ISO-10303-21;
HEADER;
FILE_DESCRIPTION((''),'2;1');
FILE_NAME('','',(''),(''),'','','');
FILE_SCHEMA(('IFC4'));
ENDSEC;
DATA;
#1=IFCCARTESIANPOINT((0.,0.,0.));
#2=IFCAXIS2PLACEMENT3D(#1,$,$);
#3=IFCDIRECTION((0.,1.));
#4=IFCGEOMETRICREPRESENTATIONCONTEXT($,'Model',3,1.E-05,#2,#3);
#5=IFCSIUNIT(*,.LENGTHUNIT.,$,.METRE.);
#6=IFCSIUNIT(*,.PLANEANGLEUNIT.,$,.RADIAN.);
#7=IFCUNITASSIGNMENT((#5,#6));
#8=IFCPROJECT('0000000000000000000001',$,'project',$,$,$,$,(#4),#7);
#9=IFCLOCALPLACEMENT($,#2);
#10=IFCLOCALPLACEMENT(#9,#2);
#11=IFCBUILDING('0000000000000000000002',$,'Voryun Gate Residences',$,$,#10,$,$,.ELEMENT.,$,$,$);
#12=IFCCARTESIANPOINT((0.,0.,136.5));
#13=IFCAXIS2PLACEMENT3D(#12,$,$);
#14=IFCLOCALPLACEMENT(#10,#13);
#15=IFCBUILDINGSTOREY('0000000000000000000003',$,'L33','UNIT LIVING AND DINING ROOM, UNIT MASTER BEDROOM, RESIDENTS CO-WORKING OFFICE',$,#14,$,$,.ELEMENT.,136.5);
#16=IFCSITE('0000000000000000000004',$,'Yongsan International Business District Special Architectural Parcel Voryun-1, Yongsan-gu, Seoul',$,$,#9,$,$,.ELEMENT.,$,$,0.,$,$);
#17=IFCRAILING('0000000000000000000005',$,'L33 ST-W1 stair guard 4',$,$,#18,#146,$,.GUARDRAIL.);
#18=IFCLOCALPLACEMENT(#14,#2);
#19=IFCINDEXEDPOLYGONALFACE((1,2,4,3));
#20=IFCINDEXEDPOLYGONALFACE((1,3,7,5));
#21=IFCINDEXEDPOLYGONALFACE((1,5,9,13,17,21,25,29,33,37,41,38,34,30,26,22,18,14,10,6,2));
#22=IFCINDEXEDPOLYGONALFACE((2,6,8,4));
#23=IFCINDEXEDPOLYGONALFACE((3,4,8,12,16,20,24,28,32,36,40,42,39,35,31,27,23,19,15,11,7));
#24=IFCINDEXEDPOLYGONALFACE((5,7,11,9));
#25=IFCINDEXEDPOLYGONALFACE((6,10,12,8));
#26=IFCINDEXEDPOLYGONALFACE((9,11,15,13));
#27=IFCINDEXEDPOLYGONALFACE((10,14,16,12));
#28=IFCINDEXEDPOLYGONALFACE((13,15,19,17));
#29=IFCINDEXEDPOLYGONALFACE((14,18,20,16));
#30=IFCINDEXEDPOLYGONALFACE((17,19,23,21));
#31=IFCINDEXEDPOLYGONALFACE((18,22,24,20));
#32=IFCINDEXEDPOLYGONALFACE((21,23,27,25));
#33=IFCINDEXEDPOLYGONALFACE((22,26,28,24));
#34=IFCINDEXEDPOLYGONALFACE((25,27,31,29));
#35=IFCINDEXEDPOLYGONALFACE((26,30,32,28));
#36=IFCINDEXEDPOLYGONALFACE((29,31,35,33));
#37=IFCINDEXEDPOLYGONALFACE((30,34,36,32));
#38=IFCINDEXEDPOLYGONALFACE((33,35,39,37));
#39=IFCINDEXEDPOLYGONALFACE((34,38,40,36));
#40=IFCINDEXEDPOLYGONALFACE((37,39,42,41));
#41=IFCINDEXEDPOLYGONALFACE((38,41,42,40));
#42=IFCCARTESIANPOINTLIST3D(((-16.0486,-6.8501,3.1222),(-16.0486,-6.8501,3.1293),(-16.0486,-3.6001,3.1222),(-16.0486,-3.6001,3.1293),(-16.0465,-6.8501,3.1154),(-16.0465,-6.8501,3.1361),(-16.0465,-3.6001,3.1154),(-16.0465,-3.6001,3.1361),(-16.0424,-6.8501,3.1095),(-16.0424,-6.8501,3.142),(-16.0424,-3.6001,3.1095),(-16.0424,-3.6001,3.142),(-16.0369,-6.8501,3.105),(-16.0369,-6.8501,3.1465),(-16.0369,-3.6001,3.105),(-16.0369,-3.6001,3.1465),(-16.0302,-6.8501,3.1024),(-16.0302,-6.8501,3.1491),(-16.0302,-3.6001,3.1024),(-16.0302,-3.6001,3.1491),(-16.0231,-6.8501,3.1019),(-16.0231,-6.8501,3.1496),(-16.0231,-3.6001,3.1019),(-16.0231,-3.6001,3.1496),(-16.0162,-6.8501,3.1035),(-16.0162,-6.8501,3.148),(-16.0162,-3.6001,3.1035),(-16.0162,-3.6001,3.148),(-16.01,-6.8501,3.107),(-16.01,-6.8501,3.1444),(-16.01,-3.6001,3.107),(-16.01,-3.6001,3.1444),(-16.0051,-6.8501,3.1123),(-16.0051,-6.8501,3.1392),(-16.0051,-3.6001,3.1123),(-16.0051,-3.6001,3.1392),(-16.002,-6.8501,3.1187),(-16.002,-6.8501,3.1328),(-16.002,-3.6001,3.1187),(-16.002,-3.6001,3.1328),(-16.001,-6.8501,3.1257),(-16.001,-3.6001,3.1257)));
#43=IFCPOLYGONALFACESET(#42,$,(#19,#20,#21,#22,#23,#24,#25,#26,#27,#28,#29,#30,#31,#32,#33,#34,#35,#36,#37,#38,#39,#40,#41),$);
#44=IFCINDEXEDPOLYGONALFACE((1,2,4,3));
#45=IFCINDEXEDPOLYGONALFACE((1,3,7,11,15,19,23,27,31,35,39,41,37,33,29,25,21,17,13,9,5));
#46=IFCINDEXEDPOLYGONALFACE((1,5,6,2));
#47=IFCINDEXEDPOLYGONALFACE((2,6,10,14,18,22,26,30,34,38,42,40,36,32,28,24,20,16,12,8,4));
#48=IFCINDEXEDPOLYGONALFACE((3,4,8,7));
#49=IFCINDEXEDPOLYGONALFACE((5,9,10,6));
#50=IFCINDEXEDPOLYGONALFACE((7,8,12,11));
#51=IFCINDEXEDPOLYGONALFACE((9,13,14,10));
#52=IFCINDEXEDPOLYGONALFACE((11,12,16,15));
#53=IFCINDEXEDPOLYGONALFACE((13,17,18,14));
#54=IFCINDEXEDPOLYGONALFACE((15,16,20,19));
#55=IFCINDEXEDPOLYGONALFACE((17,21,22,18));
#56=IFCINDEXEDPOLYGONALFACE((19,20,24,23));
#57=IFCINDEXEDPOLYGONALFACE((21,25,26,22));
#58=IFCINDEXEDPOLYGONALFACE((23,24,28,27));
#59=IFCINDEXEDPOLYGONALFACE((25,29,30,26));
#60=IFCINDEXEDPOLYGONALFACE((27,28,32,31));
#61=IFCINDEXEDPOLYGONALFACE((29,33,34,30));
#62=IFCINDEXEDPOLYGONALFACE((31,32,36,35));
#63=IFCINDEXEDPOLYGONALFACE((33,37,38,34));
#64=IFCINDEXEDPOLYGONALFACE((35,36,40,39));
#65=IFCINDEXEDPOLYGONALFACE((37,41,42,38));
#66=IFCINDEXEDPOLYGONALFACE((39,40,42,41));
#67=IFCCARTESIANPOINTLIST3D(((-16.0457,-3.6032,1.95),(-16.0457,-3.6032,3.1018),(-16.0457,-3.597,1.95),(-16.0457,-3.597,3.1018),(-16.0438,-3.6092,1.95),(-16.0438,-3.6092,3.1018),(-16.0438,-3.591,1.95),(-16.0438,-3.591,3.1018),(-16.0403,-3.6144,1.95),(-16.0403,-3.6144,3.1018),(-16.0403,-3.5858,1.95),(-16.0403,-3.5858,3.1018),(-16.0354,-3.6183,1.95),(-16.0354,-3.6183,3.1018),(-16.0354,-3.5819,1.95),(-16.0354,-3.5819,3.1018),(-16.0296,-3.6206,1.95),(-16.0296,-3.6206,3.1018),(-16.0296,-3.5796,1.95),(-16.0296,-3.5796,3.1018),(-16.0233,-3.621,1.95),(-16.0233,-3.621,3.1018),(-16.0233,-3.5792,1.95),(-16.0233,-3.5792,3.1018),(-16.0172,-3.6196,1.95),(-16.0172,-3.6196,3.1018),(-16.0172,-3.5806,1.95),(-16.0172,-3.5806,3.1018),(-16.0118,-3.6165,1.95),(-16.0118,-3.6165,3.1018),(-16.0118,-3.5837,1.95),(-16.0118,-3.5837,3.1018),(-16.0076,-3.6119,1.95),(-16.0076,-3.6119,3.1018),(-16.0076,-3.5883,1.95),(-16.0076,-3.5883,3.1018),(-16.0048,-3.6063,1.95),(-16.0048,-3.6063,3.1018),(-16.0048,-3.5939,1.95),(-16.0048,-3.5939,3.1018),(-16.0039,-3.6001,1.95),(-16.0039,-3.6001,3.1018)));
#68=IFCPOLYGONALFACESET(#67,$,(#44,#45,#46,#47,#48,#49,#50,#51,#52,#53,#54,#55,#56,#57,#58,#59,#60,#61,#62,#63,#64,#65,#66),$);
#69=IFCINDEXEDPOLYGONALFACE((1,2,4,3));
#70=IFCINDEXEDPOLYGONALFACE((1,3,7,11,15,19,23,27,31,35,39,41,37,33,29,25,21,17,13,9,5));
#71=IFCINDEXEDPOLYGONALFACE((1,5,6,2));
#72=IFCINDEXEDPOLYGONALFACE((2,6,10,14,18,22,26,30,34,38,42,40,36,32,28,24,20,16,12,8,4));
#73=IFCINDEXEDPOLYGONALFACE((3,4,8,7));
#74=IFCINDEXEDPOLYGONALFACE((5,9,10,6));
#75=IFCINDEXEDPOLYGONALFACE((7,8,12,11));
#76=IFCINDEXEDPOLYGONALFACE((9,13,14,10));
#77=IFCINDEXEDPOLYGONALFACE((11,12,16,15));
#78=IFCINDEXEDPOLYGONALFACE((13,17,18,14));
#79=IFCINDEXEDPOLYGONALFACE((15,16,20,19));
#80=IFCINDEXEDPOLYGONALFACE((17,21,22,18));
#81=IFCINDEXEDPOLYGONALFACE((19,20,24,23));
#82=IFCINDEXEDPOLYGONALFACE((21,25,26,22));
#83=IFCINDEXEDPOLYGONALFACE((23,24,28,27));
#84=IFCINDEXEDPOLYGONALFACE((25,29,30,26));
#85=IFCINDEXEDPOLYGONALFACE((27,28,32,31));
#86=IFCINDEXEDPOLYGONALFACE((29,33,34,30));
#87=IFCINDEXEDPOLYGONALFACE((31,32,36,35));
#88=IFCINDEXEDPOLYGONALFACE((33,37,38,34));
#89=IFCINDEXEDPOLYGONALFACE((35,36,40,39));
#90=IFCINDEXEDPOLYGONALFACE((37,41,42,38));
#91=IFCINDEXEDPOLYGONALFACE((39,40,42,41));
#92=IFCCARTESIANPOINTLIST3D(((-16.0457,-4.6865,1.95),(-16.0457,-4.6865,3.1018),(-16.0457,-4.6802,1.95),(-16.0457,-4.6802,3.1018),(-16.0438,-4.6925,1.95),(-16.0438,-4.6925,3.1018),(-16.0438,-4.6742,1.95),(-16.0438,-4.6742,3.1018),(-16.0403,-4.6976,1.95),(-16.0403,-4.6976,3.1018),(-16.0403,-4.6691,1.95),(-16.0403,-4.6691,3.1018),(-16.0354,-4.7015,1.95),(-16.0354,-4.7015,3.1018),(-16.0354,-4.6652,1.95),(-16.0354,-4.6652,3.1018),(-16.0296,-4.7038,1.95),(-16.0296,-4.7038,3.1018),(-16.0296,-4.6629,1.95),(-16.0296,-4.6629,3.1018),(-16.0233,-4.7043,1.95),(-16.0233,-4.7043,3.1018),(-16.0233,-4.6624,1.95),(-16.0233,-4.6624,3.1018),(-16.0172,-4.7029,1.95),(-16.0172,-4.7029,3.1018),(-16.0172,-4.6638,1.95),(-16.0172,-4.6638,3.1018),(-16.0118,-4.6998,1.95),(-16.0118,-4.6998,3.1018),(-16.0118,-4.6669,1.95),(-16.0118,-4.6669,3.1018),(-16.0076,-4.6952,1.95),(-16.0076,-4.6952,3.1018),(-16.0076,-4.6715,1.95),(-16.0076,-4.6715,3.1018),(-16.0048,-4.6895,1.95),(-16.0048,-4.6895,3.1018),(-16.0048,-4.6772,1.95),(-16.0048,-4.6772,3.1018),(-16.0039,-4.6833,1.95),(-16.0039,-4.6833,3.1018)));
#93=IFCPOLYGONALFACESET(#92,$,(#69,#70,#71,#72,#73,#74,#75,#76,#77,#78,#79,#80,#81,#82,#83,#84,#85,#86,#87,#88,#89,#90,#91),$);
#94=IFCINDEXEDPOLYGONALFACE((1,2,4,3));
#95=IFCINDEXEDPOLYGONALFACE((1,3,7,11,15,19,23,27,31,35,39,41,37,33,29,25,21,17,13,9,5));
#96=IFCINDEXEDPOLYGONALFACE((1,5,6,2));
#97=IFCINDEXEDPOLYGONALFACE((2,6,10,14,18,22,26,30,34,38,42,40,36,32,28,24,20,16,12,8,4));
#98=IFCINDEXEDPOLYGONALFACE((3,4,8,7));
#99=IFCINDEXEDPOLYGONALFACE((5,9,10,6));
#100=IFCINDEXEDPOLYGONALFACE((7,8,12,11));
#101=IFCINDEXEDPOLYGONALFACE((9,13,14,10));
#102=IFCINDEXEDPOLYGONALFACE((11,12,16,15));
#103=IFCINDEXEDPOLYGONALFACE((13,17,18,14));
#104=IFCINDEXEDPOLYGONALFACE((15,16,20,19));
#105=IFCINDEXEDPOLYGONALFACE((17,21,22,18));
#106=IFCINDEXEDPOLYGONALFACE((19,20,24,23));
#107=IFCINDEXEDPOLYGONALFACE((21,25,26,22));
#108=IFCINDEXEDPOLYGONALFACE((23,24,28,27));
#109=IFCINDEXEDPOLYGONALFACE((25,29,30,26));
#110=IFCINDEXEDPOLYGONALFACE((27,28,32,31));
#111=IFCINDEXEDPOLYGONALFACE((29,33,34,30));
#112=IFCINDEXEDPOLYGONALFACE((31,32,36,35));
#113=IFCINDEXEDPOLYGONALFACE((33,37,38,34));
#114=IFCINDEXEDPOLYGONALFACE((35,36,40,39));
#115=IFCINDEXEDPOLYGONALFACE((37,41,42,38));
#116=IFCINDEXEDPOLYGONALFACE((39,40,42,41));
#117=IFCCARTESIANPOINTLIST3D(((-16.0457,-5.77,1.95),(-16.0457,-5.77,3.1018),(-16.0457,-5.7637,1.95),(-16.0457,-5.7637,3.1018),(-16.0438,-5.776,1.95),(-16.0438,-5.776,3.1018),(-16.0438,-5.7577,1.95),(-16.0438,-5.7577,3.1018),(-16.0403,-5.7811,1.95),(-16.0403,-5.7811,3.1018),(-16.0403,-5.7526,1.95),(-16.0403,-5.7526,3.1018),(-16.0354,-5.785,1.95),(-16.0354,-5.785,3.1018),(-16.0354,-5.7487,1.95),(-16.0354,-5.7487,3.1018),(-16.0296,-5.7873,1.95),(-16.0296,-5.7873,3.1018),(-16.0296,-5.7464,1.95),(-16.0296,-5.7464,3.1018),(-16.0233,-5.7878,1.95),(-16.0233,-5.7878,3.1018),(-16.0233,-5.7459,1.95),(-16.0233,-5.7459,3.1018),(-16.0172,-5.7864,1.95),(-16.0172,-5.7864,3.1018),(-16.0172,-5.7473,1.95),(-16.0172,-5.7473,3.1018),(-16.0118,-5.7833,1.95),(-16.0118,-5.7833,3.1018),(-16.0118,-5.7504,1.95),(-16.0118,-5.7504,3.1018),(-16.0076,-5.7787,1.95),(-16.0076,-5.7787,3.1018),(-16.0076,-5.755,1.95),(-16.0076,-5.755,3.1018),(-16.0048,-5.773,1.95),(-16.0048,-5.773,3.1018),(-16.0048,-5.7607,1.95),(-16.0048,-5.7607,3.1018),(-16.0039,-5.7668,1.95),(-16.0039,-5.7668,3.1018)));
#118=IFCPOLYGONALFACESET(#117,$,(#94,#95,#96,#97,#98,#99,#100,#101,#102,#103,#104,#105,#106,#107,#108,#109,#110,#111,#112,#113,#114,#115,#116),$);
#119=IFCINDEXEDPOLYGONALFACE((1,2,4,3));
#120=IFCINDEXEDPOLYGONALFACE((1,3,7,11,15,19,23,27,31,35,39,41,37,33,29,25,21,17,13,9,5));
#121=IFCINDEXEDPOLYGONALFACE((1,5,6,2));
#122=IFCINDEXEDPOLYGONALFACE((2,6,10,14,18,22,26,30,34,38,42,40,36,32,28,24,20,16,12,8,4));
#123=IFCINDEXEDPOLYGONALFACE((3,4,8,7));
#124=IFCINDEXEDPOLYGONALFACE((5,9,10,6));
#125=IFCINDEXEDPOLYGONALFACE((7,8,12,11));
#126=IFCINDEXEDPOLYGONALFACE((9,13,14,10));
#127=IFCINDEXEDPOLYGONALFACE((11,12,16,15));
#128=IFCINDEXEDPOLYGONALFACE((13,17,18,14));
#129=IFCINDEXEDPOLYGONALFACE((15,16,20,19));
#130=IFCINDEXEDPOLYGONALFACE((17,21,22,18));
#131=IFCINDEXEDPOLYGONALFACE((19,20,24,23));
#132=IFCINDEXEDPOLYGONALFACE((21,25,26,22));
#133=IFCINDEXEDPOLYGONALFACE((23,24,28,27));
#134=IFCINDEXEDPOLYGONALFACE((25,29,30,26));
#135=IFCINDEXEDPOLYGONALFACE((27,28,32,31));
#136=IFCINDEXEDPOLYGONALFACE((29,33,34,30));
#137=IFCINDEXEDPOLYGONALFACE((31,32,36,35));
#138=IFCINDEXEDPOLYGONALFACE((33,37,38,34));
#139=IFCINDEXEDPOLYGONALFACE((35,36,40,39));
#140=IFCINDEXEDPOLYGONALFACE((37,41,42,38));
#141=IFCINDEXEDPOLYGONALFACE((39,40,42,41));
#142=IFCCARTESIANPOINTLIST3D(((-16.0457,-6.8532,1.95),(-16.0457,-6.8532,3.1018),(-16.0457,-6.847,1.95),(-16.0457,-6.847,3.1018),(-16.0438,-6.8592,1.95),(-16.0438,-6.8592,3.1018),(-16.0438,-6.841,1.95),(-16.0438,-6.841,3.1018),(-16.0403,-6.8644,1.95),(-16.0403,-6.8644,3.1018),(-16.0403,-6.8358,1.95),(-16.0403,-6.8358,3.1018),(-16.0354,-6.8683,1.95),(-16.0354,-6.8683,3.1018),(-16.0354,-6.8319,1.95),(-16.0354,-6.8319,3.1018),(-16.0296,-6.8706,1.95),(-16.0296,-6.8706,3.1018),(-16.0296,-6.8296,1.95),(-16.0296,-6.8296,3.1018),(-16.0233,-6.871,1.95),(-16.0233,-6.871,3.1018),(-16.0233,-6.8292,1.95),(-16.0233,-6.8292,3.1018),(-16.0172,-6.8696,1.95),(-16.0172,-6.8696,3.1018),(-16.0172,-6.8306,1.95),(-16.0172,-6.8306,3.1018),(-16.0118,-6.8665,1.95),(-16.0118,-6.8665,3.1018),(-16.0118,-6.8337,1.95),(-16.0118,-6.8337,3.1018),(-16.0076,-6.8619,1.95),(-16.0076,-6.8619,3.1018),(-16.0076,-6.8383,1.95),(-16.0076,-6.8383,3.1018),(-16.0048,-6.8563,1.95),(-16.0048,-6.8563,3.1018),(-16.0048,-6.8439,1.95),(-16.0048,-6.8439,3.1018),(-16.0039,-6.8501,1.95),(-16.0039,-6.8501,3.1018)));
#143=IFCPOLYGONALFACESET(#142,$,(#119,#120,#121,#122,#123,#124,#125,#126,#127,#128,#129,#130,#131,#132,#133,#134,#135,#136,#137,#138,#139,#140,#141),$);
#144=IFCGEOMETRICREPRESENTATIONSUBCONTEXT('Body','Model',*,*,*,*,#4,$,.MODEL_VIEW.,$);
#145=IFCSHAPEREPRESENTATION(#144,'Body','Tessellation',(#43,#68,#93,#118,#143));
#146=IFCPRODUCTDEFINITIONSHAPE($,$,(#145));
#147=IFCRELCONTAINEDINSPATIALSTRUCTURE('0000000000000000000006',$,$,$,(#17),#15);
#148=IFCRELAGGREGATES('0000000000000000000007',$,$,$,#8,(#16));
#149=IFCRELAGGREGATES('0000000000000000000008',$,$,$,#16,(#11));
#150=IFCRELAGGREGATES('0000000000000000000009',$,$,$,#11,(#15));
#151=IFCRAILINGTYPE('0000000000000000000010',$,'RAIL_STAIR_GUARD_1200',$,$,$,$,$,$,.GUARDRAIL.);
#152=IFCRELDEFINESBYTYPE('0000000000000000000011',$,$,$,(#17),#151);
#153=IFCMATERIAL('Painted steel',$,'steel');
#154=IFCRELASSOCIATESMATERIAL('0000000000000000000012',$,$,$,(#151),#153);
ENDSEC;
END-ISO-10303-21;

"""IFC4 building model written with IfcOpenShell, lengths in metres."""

from ifc_helpers import new_model, si_unit, direction, frame, origin, origin_2d, place, context, subcontext, project, spatial, circle, extrude, material, type_object, element, save


model = new_model("IFC4")

# Units and contexts
model_context = context("Model", 3, precision=1e-05, world=origin(), true_north=direction((0.0, 1.0)))
body_context = subcontext(model_context, "Body", "Model", "MODEL_VIEW")
ifc_project = project(units=[si_unit("LENGTHUNIT", "METRE"), si_unit("PLANEANGLEUNIT", "RADIAN")], contexts=[model_context])

# Site, building, storey
site_placement = place(None, origin())
site = spatial("IfcSite", under=ifc_project, at=site_placement, Name="Yongsan International Business District Special Architectural Parcel Voryun-1, Yongsan-gu, Seoul", CompositionType="ELEMENT", RefElevation=0.0)
building_placement = place(site_placement, origin())
building = spatial("IfcBuilding", under=site, at=building_placement, Name="Voryun Gate Residences", CompositionType="ELEMENT")
storey_placement = place(building_placement, frame((0.0, 0.0, 136.5)))
storey = spatial("IfcBuildingStorey", under=building, at=storey_placement, Name="L33", Description="UNIT LIVING AND DINING ROOM, UNIT MASTER BEDROOM, RESIDENTS CO-WORKING OFFICE", CompositionType="ELEMENT", Elevation=136.5)

# Railing
ifc_material_1 = material(Name="Painted steel", Category="steel")
railing_type_1 = type_object("IfcRailingType", Name="RAIL_STAIR_GUARD_1200", PredefinedType="GUARDRAIL", material=ifc_material_1)
railing_1_placement = place(storey_placement, frame((-16.0249, -3.6001, 1.95)))
element("IfcRailing", 1, at=railing_1_placement, inside=storey, type_object=railing_type_1, Name="L33 ST-W1 stair guard 4", PredefinedType="GUARDRAIL", context=body_context, shape_type="SweptSolid", body=[
    extrude(circle(Radius=0.0239, at=origin_2d()), frame((0.0, 0.0, 1.1758), z_axis=(0.0, -1.0, 0.0), x_axis=(1.0, 0.0, 0.0)), (0.0, 0.0, 1.0), 3.25),
    extrude(circle(Radius=0.021, at=origin_2d()), origin(), (0.0, 0.0, 1.0), 1.1519),
    extrude(circle(Radius=0.021, at=origin_2d()), frame((0.0, -1.0833, 0.0)), (0.0, 0.0, 1.0), 1.1519),
    extrude(circle(Radius=0.021, at=origin_2d()), frame((0.0, -2.1667, 0.0)), (0.0, 0.0, 1.0), 1.1519),
    extrude(circle(Radius=0.021, at=origin_2d()), frame((0.0, -3.25, 0.0)), (0.0, 0.0, 1.0), 1.1519),
])

save(model, "model.ifc")
